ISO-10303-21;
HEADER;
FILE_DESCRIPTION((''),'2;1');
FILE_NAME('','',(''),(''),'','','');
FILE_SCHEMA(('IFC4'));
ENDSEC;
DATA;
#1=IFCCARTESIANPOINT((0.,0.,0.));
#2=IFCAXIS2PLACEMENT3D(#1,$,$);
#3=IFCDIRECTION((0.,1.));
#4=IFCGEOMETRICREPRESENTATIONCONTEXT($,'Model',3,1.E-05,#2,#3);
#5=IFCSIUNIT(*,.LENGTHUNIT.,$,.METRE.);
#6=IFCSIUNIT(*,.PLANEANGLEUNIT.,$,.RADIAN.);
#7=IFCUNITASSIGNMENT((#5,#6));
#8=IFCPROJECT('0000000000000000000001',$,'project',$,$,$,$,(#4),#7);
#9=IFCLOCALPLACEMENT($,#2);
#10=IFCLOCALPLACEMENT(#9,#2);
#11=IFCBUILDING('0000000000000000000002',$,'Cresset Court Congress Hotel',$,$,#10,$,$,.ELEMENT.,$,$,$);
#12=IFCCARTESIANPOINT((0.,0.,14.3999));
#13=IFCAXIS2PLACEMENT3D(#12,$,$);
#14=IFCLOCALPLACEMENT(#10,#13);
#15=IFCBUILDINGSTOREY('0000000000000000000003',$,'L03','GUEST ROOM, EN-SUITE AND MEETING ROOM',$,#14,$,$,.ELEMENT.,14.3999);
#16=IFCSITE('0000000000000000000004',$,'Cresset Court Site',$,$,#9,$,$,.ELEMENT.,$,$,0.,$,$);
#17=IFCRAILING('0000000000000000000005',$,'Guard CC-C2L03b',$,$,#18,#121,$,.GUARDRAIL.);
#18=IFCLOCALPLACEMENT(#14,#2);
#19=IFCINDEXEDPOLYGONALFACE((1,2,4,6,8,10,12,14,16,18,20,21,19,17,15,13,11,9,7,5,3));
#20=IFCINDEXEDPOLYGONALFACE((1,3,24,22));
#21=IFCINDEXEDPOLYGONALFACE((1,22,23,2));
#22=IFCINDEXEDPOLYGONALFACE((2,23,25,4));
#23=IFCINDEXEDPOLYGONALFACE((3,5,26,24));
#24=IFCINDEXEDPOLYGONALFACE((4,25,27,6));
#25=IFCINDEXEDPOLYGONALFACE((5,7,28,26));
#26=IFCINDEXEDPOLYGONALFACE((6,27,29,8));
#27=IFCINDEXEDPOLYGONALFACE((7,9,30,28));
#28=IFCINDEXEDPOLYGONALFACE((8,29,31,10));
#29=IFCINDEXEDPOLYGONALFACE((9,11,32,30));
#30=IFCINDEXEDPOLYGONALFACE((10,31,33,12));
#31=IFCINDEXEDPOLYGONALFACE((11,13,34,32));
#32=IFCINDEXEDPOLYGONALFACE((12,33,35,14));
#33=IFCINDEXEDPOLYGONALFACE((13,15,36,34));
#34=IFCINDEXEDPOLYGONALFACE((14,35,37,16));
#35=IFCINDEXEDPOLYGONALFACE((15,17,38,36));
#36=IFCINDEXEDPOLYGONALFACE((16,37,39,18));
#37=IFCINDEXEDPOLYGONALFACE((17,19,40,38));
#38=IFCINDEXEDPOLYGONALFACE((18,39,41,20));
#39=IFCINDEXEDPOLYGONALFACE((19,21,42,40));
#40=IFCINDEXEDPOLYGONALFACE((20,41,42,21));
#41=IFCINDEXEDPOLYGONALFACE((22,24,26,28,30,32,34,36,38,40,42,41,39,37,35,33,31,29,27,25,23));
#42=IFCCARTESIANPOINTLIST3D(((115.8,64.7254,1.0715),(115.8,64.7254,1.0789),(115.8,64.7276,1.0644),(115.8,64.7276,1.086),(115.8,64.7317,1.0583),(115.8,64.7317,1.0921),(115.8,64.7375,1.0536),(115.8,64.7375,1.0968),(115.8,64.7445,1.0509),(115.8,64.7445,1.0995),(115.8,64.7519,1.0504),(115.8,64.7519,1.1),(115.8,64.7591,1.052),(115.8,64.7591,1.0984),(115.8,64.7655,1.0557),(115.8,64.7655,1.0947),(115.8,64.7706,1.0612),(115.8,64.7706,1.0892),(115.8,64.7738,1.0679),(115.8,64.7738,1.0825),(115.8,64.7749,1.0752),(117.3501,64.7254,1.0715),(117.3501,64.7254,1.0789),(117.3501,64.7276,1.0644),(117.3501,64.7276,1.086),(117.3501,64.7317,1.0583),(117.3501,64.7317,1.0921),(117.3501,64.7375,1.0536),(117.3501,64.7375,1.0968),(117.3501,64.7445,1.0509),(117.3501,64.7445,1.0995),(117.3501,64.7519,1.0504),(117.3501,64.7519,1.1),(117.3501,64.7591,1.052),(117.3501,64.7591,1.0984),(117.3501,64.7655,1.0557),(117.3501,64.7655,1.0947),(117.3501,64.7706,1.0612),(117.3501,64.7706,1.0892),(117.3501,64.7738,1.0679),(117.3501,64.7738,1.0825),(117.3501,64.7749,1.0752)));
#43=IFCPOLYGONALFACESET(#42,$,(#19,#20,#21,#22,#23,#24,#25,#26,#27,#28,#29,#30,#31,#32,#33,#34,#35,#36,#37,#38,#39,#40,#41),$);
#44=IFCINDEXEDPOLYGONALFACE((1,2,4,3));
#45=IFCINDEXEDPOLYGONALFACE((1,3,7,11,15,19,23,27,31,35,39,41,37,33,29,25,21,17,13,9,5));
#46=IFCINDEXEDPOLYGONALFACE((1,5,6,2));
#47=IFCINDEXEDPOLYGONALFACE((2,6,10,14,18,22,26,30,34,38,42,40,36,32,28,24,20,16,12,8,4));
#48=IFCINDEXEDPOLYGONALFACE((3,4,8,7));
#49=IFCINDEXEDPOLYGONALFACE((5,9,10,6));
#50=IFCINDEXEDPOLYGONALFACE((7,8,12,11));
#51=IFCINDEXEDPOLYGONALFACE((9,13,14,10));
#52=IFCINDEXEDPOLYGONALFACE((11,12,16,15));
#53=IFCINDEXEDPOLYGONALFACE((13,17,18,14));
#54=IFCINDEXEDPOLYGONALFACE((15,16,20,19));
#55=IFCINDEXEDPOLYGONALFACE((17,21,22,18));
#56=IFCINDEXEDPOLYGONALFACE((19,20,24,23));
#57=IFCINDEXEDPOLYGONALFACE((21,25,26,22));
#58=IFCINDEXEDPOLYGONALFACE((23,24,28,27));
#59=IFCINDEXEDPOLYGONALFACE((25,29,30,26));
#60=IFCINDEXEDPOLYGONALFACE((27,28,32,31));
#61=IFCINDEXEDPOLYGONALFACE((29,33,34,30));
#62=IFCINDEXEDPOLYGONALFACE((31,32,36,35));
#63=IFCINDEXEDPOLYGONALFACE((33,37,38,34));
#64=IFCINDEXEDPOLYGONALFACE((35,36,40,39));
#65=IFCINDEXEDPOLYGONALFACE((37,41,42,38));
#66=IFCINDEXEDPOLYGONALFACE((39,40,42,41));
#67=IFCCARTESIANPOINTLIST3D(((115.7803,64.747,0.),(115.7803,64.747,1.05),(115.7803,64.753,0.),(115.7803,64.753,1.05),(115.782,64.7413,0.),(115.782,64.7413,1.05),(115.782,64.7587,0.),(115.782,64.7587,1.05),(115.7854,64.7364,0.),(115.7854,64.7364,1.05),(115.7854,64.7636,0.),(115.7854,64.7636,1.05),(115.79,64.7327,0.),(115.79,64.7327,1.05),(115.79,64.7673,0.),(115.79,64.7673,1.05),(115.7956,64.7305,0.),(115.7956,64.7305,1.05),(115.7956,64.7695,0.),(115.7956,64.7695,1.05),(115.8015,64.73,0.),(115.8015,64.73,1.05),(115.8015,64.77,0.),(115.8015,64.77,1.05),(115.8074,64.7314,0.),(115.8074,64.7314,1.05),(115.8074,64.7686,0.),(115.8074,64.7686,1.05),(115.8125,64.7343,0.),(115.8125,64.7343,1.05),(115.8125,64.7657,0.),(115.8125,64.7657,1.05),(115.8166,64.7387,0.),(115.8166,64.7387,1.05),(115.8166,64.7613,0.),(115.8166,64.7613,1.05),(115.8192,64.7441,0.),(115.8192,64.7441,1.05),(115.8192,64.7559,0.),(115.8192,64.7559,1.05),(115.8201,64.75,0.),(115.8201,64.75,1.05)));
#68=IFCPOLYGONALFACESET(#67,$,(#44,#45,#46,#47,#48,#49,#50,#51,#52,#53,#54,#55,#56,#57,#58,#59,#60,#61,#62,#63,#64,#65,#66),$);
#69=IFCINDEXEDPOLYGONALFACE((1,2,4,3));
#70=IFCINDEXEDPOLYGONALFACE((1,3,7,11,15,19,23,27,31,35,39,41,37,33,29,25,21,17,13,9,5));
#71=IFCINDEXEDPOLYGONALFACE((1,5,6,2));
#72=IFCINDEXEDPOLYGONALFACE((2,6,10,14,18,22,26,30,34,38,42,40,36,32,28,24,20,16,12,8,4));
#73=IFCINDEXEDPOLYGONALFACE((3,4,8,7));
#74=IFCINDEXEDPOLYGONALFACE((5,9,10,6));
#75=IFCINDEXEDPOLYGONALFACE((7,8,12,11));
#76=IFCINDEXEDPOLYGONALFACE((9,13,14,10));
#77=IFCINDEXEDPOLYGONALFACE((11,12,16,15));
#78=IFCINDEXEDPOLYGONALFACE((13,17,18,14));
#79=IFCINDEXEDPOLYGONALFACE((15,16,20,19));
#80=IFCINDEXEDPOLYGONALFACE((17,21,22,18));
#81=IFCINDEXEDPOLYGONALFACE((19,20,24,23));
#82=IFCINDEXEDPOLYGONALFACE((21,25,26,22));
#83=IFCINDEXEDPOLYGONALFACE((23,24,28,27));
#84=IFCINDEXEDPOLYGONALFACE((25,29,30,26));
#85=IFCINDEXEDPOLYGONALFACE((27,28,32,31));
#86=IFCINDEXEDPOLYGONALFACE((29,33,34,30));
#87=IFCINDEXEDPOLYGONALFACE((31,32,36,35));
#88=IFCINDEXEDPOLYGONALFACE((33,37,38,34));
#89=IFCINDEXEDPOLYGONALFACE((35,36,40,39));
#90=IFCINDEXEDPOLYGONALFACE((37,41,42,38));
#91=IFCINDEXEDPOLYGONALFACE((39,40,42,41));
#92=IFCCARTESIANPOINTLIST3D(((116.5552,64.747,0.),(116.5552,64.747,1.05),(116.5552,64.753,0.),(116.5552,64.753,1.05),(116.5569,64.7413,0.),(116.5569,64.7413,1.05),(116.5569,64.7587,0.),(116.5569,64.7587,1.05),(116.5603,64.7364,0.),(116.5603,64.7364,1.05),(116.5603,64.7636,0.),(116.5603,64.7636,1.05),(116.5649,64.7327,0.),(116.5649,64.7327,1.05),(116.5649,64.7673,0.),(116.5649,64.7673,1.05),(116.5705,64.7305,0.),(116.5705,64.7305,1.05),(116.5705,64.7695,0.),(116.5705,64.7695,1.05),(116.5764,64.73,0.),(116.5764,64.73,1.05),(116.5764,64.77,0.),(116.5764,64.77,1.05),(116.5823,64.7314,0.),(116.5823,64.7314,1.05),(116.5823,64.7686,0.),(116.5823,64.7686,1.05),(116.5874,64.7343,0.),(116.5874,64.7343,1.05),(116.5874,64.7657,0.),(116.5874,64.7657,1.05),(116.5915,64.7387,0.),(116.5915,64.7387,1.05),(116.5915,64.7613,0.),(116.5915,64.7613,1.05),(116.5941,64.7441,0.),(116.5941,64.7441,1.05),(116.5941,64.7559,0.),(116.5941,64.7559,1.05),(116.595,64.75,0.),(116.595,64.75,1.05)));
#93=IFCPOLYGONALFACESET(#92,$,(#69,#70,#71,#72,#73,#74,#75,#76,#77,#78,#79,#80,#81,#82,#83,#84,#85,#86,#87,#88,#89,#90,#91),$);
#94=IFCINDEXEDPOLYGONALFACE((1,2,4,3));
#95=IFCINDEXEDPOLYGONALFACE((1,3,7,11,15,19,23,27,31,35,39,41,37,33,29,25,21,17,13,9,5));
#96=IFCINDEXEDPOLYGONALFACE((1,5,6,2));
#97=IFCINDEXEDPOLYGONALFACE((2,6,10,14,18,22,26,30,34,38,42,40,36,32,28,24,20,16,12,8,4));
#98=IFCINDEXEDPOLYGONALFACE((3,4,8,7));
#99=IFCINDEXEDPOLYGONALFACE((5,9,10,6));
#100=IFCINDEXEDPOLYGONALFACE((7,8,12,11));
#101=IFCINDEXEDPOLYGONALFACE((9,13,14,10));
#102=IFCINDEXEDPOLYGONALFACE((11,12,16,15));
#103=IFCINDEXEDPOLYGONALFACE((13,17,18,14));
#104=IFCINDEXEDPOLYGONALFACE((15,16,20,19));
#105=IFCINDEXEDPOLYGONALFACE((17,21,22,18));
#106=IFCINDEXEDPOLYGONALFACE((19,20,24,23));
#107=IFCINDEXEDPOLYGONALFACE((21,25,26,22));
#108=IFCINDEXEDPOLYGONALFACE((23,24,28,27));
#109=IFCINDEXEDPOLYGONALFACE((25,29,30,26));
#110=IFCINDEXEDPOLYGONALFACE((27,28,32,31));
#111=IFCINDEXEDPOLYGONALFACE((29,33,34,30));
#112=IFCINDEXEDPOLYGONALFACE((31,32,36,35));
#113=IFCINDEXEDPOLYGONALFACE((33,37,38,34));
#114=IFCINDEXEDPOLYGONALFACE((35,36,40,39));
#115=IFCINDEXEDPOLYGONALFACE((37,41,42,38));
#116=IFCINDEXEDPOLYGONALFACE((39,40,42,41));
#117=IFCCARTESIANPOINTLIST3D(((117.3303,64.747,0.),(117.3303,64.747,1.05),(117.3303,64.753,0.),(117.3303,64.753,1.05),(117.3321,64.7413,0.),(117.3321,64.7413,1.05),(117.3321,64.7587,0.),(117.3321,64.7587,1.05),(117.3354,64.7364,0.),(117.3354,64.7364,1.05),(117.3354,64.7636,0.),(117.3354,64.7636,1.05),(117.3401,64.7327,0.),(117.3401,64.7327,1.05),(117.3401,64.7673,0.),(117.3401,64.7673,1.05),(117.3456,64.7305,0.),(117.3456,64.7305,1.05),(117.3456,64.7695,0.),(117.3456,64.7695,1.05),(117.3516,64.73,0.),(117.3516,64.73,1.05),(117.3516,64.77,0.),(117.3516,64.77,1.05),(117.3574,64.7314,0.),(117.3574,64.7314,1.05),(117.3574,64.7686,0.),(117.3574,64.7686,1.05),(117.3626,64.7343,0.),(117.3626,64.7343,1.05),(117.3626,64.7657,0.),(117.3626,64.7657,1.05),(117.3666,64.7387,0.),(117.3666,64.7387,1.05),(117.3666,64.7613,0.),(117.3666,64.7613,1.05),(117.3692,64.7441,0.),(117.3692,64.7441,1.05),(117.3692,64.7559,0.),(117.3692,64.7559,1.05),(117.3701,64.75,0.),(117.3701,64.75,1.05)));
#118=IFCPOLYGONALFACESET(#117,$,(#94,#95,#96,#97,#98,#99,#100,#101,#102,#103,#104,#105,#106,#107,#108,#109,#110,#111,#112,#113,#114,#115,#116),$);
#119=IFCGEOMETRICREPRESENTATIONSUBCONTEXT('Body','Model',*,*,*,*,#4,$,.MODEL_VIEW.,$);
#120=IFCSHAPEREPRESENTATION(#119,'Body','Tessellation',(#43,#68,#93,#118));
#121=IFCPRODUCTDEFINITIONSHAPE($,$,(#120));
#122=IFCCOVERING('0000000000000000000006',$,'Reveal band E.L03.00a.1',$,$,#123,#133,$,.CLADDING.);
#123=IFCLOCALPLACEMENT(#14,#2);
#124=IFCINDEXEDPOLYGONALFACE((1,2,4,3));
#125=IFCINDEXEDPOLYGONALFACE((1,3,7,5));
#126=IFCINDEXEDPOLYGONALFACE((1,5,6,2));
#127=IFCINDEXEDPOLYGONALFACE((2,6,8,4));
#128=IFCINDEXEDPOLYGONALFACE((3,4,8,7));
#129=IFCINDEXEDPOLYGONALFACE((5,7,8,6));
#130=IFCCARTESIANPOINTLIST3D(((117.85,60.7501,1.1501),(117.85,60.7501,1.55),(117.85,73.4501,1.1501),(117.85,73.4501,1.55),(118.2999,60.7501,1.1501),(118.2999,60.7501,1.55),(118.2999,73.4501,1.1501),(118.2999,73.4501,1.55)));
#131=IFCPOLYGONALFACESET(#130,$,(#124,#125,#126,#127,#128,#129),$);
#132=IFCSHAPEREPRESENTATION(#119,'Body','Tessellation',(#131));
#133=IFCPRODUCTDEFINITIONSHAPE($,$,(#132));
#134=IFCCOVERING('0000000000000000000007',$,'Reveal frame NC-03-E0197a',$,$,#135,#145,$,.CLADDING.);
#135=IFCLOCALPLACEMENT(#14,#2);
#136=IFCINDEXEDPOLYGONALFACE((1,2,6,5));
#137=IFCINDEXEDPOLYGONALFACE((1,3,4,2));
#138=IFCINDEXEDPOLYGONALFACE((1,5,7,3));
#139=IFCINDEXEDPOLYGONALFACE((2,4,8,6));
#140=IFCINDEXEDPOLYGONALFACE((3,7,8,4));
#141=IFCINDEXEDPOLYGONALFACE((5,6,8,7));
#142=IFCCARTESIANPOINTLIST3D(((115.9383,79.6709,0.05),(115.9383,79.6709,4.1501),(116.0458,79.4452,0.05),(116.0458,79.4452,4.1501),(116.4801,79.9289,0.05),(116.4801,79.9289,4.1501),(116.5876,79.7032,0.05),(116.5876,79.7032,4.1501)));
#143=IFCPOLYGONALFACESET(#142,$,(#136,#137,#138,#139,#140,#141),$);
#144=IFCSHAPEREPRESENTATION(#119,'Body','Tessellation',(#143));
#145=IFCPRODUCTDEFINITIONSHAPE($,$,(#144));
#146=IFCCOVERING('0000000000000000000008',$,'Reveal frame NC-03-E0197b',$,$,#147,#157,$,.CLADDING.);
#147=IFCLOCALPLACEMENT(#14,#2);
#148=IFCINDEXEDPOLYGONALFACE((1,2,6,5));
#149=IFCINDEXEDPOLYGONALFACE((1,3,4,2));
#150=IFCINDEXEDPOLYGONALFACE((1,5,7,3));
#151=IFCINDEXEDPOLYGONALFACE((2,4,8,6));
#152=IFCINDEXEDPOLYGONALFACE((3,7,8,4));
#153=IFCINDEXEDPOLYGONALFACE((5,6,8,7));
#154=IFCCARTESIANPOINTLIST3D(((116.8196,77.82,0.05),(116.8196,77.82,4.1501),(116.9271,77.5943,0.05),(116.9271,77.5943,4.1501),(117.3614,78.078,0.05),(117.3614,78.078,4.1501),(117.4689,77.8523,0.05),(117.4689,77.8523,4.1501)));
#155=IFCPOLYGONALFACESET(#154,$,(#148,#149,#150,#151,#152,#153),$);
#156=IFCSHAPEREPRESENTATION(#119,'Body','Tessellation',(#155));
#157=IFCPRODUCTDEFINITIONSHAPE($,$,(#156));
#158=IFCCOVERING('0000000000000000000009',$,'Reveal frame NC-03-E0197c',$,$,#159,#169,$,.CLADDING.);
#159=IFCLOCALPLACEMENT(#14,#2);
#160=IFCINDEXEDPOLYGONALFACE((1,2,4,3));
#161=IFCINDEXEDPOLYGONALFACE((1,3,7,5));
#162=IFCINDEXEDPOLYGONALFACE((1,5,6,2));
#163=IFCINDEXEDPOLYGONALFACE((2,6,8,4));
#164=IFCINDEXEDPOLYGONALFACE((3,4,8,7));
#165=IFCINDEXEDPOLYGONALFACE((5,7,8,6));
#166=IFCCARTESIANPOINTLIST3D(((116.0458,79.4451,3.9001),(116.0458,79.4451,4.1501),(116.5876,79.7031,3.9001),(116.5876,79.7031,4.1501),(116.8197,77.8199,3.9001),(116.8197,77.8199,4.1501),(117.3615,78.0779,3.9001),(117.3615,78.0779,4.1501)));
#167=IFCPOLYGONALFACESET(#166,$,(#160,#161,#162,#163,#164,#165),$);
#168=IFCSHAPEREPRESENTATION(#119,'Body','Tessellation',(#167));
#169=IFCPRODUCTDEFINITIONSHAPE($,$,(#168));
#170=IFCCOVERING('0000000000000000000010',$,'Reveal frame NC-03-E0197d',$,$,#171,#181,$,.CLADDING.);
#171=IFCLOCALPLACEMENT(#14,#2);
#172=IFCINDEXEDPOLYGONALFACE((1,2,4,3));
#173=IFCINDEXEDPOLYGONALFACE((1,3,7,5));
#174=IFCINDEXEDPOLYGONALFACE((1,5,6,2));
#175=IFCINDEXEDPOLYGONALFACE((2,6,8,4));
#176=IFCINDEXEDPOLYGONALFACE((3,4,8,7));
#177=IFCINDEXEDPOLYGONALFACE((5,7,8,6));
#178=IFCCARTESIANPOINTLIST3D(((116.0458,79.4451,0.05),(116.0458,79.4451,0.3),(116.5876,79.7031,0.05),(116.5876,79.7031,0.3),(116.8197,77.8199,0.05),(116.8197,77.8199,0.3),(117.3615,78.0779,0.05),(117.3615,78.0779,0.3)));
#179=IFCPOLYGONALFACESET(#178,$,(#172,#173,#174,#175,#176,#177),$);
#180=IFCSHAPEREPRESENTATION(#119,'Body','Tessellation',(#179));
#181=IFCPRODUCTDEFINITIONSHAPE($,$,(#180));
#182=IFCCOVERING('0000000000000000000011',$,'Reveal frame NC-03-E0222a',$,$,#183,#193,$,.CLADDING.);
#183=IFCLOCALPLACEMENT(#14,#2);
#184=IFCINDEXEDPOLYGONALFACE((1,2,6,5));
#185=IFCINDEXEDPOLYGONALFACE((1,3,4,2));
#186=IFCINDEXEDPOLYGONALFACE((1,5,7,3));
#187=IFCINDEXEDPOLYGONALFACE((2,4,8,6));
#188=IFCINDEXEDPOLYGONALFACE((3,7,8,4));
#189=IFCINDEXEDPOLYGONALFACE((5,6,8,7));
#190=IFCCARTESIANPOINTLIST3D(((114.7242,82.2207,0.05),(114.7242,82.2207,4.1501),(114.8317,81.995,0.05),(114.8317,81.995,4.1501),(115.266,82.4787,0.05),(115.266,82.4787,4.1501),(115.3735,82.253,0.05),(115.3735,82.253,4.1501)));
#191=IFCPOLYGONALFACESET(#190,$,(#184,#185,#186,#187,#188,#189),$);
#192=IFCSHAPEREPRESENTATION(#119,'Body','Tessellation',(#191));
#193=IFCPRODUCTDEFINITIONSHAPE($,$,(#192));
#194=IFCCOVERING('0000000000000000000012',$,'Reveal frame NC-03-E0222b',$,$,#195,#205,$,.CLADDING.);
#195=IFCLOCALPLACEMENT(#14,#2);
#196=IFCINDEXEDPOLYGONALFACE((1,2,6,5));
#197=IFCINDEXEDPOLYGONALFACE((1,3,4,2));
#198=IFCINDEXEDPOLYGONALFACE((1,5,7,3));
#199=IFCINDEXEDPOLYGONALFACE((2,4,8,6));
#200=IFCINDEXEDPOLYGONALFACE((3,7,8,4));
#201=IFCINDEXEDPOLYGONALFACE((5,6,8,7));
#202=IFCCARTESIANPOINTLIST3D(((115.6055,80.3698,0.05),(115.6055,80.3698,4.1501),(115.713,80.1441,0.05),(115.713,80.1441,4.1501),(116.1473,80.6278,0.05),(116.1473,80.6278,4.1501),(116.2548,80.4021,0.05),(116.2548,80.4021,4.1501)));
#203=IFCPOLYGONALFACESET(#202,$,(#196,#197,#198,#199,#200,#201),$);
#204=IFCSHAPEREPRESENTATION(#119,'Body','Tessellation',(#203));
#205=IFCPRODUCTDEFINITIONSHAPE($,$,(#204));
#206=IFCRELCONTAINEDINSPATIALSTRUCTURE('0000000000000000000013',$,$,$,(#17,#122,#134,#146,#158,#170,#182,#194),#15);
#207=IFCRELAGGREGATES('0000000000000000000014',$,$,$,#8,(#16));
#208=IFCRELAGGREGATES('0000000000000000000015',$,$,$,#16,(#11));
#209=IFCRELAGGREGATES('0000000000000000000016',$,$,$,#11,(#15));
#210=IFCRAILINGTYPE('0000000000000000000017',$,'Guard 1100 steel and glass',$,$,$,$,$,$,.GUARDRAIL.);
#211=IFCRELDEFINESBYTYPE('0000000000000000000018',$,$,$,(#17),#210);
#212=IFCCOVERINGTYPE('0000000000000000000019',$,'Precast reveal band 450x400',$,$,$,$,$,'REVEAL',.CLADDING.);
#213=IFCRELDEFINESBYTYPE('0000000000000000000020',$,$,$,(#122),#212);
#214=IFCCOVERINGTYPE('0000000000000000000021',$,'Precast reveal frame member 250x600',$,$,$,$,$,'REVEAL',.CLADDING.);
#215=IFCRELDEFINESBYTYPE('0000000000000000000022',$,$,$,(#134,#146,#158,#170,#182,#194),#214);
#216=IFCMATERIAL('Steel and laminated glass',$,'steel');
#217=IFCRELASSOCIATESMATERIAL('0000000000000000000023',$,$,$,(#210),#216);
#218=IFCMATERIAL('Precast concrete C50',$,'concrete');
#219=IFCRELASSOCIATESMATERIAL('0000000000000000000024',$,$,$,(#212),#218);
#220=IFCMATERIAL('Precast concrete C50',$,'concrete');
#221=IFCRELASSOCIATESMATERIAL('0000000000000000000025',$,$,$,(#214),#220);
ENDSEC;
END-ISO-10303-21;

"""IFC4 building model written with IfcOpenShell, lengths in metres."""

from ifc_helpers import new_model, si_unit, direction, frame, origin, origin_2d, place, context, subcontext, project, spatial, rectangle, circle, extrude, material, type_object, element, save


model = new_model("IFC4")

# Units and contexts
model_context = context("Model", 3, precision=1e-05, world=origin(), true_north=direction((0.0, 1.0)))
body_context = subcontext(model_context, "Body", "Model", "MODEL_VIEW")
ifc_project = project(units=[si_unit("LENGTHUNIT", "METRE"), si_unit("PLANEANGLEUNIT", "RADIAN")], contexts=[model_context])

# Site, building, storey
site_placement = place(None, origin())
site = spatial("IfcSite", under=ifc_project, at=site_placement, Name="Cresset Court Site", CompositionType="ELEMENT", RefElevation=0.0)
building_placement = place(site_placement, origin())
building = spatial("IfcBuilding", under=site, at=building_placement, Name="Cresset Court Congress Hotel", CompositionType="ELEMENT")
storey_placement = place(building_placement, frame((0.0, 0.0, 14.3999)))
storey = spatial("IfcBuildingStorey", under=building, at=storey_placement, Name="L03", Description="GUEST ROOM, EN-SUITE AND MEETING ROOM", CompositionType="ELEMENT", Elevation=14.3999)

# Railing
ifc_material_1 = material(Name="Steel and laminated glass", Category="steel")
railing_type = type_object("IfcRailingType", Name="Guard 1100 steel and glass", PredefinedType="GUARDRAIL", material=ifc_material_1)
railing_placement = place(storey_placement, frame((115.8, 64.75, 0.0)))
element("IfcRailing", 1, at=railing_placement, inside=storey, type_object=railing_type, Name="Guard CC-C2L03b", PredefinedType="GUARDRAIL", context=body_context, shape_type="SweptSolid", body=[
    extrude(circle(Radius=0.0249, at=origin_2d()), frame((0.0, 0.0, 1.0752), z_axis=(1.0, 0.0, 0.0), x_axis=(0.0, 1.0, 0.0)), (0.0, 0.0, 1.0), 1.55),
    extrude(circle(Radius=0.02, at=origin_2d()), origin(), (0.0, 0.0, 1.0), 1.05),
    extrude(circle(Radius=0.02, at=origin_2d()), frame((0.7749, 0.0, 0.0)), (0.0, 0.0, 1.0), 1.05),
    extrude(circle(Radius=0.02, at=origin_2d()), frame((1.55, 0.0, 0.0)), (0.0, 0.0, 1.0), 1.05),
])

# Coverings
ifc_material_2 = material(Name="Precast concrete C50", Category="concrete")
covering_type_1 = type_object("IfcCoveringType", Name="Precast reveal band 450x400", ElementType="REVEAL", PredefinedType="CLADDING", material=ifc_material_2)
covering_1_placement = place(storey_placement, frame((118.075, 67.1001, 1.1501), z_axis=(0.0, 0.0, 1.0), x_axis=(0.0, -1.0, 0.0)))
element("IfcCovering", 2, at=covering_1_placement, inside=storey, type_object=covering_type_1, Name="Reveal band E.L03.00a.1", PredefinedType="CLADDING", context=body_context, shape_type="SweptSolid", body=[
    extrude(rectangle(XDim=12.7, YDim=0.45, at=origin_2d()), origin(), (0.0, 0.0, 1.0), 0.3999),
])
ifc_material_3 = material(Name="Precast concrete C50", Category="concrete")
covering_type_2 = type_object("IfcCoveringType", Name="Precast reveal frame member 250x600", ElementType="REVEAL", PredefinedType="CLADDING", material=ifc_material_3)
for number, where, z_axis, x_axis, name in (
    (3, (116.2629, 79.687, 0.05), (0.0, 0.0, 1.0), (0.429933, -0.902861, 0.0), "Reveal frame NC-03-E0197a"),
    (4, (117.1443, 77.8362, 0.05), (0.0, 0.0, 1.0), (0.429933, -0.902861, 0.0), "Reveal frame NC-03-E0197b"),
):
    element("IfcCovering", number, at=place(storey_placement, frame(where, z_axis=z_axis, x_axis=x_axis)), inside=storey, type_object=covering_type_2, Name=name, PredefinedType="CLADDING", context=body_context, shape_type="SweptSolid", body=[
        extrude(rectangle(XDim=0.25, YDim=0.6001, at=origin_2d()), origin(), (0.0, 0.0, 1.0), 4.1001),
    ])
for number, where, z_axis, x_axis, name in (
    (5, (116.7036, 78.7615, 3.9001), (0.0, 0.0, 1.0), (0.429933, -0.902861, 0.0), "Reveal frame NC-03-E0197c"),
    (6, (116.7036, 78.7615, 0.05), (0.0, 0.0, 1.0), (0.429933, -0.902861, 0.0), "Reveal frame NC-03-E0197d"),
):
    element("IfcCovering", number, at=place(storey_placement, frame(where, z_axis=z_axis, x_axis=x_axis)), inside=storey, type_object=covering_type_2, Name=name, PredefinedType="CLADDING", context=body_context, shape_type="SweptSolid", body=[
        extrude(rectangle(XDim=1.8, YDim=0.6001, at=origin_2d()), origin(), (0.0, 0.0, 1.0), 0.25),
    ])
for number, where, z_axis, x_axis, name in (
    (7, (115.0488, 82.2368, 0.05), (0.0, 0.0, 1.0), (0.429933, -0.902861, 0.0), "Reveal frame NC-03-E0222a"),
    (8, (115.9302, 80.386, 0.05), (0.0, 0.0, 1.0), (0.429933, -0.902861, 0.0), "Reveal frame NC-03-E0222b"),
):
    element("IfcCovering", number, at=place(storey_placement, frame(where, z_axis=z_axis, x_axis=x_axis)), inside=storey, type_object=covering_type_2, Name=name, PredefinedType="CLADDING", context=body_context, shape_type="SweptSolid", body=[
        extrude(rectangle(XDim=0.25, YDim=0.6001, at=origin_2d()), origin(), (0.0, 0.0, 1.0), 4.1001),
    ])

save(model, "model.ifc")
